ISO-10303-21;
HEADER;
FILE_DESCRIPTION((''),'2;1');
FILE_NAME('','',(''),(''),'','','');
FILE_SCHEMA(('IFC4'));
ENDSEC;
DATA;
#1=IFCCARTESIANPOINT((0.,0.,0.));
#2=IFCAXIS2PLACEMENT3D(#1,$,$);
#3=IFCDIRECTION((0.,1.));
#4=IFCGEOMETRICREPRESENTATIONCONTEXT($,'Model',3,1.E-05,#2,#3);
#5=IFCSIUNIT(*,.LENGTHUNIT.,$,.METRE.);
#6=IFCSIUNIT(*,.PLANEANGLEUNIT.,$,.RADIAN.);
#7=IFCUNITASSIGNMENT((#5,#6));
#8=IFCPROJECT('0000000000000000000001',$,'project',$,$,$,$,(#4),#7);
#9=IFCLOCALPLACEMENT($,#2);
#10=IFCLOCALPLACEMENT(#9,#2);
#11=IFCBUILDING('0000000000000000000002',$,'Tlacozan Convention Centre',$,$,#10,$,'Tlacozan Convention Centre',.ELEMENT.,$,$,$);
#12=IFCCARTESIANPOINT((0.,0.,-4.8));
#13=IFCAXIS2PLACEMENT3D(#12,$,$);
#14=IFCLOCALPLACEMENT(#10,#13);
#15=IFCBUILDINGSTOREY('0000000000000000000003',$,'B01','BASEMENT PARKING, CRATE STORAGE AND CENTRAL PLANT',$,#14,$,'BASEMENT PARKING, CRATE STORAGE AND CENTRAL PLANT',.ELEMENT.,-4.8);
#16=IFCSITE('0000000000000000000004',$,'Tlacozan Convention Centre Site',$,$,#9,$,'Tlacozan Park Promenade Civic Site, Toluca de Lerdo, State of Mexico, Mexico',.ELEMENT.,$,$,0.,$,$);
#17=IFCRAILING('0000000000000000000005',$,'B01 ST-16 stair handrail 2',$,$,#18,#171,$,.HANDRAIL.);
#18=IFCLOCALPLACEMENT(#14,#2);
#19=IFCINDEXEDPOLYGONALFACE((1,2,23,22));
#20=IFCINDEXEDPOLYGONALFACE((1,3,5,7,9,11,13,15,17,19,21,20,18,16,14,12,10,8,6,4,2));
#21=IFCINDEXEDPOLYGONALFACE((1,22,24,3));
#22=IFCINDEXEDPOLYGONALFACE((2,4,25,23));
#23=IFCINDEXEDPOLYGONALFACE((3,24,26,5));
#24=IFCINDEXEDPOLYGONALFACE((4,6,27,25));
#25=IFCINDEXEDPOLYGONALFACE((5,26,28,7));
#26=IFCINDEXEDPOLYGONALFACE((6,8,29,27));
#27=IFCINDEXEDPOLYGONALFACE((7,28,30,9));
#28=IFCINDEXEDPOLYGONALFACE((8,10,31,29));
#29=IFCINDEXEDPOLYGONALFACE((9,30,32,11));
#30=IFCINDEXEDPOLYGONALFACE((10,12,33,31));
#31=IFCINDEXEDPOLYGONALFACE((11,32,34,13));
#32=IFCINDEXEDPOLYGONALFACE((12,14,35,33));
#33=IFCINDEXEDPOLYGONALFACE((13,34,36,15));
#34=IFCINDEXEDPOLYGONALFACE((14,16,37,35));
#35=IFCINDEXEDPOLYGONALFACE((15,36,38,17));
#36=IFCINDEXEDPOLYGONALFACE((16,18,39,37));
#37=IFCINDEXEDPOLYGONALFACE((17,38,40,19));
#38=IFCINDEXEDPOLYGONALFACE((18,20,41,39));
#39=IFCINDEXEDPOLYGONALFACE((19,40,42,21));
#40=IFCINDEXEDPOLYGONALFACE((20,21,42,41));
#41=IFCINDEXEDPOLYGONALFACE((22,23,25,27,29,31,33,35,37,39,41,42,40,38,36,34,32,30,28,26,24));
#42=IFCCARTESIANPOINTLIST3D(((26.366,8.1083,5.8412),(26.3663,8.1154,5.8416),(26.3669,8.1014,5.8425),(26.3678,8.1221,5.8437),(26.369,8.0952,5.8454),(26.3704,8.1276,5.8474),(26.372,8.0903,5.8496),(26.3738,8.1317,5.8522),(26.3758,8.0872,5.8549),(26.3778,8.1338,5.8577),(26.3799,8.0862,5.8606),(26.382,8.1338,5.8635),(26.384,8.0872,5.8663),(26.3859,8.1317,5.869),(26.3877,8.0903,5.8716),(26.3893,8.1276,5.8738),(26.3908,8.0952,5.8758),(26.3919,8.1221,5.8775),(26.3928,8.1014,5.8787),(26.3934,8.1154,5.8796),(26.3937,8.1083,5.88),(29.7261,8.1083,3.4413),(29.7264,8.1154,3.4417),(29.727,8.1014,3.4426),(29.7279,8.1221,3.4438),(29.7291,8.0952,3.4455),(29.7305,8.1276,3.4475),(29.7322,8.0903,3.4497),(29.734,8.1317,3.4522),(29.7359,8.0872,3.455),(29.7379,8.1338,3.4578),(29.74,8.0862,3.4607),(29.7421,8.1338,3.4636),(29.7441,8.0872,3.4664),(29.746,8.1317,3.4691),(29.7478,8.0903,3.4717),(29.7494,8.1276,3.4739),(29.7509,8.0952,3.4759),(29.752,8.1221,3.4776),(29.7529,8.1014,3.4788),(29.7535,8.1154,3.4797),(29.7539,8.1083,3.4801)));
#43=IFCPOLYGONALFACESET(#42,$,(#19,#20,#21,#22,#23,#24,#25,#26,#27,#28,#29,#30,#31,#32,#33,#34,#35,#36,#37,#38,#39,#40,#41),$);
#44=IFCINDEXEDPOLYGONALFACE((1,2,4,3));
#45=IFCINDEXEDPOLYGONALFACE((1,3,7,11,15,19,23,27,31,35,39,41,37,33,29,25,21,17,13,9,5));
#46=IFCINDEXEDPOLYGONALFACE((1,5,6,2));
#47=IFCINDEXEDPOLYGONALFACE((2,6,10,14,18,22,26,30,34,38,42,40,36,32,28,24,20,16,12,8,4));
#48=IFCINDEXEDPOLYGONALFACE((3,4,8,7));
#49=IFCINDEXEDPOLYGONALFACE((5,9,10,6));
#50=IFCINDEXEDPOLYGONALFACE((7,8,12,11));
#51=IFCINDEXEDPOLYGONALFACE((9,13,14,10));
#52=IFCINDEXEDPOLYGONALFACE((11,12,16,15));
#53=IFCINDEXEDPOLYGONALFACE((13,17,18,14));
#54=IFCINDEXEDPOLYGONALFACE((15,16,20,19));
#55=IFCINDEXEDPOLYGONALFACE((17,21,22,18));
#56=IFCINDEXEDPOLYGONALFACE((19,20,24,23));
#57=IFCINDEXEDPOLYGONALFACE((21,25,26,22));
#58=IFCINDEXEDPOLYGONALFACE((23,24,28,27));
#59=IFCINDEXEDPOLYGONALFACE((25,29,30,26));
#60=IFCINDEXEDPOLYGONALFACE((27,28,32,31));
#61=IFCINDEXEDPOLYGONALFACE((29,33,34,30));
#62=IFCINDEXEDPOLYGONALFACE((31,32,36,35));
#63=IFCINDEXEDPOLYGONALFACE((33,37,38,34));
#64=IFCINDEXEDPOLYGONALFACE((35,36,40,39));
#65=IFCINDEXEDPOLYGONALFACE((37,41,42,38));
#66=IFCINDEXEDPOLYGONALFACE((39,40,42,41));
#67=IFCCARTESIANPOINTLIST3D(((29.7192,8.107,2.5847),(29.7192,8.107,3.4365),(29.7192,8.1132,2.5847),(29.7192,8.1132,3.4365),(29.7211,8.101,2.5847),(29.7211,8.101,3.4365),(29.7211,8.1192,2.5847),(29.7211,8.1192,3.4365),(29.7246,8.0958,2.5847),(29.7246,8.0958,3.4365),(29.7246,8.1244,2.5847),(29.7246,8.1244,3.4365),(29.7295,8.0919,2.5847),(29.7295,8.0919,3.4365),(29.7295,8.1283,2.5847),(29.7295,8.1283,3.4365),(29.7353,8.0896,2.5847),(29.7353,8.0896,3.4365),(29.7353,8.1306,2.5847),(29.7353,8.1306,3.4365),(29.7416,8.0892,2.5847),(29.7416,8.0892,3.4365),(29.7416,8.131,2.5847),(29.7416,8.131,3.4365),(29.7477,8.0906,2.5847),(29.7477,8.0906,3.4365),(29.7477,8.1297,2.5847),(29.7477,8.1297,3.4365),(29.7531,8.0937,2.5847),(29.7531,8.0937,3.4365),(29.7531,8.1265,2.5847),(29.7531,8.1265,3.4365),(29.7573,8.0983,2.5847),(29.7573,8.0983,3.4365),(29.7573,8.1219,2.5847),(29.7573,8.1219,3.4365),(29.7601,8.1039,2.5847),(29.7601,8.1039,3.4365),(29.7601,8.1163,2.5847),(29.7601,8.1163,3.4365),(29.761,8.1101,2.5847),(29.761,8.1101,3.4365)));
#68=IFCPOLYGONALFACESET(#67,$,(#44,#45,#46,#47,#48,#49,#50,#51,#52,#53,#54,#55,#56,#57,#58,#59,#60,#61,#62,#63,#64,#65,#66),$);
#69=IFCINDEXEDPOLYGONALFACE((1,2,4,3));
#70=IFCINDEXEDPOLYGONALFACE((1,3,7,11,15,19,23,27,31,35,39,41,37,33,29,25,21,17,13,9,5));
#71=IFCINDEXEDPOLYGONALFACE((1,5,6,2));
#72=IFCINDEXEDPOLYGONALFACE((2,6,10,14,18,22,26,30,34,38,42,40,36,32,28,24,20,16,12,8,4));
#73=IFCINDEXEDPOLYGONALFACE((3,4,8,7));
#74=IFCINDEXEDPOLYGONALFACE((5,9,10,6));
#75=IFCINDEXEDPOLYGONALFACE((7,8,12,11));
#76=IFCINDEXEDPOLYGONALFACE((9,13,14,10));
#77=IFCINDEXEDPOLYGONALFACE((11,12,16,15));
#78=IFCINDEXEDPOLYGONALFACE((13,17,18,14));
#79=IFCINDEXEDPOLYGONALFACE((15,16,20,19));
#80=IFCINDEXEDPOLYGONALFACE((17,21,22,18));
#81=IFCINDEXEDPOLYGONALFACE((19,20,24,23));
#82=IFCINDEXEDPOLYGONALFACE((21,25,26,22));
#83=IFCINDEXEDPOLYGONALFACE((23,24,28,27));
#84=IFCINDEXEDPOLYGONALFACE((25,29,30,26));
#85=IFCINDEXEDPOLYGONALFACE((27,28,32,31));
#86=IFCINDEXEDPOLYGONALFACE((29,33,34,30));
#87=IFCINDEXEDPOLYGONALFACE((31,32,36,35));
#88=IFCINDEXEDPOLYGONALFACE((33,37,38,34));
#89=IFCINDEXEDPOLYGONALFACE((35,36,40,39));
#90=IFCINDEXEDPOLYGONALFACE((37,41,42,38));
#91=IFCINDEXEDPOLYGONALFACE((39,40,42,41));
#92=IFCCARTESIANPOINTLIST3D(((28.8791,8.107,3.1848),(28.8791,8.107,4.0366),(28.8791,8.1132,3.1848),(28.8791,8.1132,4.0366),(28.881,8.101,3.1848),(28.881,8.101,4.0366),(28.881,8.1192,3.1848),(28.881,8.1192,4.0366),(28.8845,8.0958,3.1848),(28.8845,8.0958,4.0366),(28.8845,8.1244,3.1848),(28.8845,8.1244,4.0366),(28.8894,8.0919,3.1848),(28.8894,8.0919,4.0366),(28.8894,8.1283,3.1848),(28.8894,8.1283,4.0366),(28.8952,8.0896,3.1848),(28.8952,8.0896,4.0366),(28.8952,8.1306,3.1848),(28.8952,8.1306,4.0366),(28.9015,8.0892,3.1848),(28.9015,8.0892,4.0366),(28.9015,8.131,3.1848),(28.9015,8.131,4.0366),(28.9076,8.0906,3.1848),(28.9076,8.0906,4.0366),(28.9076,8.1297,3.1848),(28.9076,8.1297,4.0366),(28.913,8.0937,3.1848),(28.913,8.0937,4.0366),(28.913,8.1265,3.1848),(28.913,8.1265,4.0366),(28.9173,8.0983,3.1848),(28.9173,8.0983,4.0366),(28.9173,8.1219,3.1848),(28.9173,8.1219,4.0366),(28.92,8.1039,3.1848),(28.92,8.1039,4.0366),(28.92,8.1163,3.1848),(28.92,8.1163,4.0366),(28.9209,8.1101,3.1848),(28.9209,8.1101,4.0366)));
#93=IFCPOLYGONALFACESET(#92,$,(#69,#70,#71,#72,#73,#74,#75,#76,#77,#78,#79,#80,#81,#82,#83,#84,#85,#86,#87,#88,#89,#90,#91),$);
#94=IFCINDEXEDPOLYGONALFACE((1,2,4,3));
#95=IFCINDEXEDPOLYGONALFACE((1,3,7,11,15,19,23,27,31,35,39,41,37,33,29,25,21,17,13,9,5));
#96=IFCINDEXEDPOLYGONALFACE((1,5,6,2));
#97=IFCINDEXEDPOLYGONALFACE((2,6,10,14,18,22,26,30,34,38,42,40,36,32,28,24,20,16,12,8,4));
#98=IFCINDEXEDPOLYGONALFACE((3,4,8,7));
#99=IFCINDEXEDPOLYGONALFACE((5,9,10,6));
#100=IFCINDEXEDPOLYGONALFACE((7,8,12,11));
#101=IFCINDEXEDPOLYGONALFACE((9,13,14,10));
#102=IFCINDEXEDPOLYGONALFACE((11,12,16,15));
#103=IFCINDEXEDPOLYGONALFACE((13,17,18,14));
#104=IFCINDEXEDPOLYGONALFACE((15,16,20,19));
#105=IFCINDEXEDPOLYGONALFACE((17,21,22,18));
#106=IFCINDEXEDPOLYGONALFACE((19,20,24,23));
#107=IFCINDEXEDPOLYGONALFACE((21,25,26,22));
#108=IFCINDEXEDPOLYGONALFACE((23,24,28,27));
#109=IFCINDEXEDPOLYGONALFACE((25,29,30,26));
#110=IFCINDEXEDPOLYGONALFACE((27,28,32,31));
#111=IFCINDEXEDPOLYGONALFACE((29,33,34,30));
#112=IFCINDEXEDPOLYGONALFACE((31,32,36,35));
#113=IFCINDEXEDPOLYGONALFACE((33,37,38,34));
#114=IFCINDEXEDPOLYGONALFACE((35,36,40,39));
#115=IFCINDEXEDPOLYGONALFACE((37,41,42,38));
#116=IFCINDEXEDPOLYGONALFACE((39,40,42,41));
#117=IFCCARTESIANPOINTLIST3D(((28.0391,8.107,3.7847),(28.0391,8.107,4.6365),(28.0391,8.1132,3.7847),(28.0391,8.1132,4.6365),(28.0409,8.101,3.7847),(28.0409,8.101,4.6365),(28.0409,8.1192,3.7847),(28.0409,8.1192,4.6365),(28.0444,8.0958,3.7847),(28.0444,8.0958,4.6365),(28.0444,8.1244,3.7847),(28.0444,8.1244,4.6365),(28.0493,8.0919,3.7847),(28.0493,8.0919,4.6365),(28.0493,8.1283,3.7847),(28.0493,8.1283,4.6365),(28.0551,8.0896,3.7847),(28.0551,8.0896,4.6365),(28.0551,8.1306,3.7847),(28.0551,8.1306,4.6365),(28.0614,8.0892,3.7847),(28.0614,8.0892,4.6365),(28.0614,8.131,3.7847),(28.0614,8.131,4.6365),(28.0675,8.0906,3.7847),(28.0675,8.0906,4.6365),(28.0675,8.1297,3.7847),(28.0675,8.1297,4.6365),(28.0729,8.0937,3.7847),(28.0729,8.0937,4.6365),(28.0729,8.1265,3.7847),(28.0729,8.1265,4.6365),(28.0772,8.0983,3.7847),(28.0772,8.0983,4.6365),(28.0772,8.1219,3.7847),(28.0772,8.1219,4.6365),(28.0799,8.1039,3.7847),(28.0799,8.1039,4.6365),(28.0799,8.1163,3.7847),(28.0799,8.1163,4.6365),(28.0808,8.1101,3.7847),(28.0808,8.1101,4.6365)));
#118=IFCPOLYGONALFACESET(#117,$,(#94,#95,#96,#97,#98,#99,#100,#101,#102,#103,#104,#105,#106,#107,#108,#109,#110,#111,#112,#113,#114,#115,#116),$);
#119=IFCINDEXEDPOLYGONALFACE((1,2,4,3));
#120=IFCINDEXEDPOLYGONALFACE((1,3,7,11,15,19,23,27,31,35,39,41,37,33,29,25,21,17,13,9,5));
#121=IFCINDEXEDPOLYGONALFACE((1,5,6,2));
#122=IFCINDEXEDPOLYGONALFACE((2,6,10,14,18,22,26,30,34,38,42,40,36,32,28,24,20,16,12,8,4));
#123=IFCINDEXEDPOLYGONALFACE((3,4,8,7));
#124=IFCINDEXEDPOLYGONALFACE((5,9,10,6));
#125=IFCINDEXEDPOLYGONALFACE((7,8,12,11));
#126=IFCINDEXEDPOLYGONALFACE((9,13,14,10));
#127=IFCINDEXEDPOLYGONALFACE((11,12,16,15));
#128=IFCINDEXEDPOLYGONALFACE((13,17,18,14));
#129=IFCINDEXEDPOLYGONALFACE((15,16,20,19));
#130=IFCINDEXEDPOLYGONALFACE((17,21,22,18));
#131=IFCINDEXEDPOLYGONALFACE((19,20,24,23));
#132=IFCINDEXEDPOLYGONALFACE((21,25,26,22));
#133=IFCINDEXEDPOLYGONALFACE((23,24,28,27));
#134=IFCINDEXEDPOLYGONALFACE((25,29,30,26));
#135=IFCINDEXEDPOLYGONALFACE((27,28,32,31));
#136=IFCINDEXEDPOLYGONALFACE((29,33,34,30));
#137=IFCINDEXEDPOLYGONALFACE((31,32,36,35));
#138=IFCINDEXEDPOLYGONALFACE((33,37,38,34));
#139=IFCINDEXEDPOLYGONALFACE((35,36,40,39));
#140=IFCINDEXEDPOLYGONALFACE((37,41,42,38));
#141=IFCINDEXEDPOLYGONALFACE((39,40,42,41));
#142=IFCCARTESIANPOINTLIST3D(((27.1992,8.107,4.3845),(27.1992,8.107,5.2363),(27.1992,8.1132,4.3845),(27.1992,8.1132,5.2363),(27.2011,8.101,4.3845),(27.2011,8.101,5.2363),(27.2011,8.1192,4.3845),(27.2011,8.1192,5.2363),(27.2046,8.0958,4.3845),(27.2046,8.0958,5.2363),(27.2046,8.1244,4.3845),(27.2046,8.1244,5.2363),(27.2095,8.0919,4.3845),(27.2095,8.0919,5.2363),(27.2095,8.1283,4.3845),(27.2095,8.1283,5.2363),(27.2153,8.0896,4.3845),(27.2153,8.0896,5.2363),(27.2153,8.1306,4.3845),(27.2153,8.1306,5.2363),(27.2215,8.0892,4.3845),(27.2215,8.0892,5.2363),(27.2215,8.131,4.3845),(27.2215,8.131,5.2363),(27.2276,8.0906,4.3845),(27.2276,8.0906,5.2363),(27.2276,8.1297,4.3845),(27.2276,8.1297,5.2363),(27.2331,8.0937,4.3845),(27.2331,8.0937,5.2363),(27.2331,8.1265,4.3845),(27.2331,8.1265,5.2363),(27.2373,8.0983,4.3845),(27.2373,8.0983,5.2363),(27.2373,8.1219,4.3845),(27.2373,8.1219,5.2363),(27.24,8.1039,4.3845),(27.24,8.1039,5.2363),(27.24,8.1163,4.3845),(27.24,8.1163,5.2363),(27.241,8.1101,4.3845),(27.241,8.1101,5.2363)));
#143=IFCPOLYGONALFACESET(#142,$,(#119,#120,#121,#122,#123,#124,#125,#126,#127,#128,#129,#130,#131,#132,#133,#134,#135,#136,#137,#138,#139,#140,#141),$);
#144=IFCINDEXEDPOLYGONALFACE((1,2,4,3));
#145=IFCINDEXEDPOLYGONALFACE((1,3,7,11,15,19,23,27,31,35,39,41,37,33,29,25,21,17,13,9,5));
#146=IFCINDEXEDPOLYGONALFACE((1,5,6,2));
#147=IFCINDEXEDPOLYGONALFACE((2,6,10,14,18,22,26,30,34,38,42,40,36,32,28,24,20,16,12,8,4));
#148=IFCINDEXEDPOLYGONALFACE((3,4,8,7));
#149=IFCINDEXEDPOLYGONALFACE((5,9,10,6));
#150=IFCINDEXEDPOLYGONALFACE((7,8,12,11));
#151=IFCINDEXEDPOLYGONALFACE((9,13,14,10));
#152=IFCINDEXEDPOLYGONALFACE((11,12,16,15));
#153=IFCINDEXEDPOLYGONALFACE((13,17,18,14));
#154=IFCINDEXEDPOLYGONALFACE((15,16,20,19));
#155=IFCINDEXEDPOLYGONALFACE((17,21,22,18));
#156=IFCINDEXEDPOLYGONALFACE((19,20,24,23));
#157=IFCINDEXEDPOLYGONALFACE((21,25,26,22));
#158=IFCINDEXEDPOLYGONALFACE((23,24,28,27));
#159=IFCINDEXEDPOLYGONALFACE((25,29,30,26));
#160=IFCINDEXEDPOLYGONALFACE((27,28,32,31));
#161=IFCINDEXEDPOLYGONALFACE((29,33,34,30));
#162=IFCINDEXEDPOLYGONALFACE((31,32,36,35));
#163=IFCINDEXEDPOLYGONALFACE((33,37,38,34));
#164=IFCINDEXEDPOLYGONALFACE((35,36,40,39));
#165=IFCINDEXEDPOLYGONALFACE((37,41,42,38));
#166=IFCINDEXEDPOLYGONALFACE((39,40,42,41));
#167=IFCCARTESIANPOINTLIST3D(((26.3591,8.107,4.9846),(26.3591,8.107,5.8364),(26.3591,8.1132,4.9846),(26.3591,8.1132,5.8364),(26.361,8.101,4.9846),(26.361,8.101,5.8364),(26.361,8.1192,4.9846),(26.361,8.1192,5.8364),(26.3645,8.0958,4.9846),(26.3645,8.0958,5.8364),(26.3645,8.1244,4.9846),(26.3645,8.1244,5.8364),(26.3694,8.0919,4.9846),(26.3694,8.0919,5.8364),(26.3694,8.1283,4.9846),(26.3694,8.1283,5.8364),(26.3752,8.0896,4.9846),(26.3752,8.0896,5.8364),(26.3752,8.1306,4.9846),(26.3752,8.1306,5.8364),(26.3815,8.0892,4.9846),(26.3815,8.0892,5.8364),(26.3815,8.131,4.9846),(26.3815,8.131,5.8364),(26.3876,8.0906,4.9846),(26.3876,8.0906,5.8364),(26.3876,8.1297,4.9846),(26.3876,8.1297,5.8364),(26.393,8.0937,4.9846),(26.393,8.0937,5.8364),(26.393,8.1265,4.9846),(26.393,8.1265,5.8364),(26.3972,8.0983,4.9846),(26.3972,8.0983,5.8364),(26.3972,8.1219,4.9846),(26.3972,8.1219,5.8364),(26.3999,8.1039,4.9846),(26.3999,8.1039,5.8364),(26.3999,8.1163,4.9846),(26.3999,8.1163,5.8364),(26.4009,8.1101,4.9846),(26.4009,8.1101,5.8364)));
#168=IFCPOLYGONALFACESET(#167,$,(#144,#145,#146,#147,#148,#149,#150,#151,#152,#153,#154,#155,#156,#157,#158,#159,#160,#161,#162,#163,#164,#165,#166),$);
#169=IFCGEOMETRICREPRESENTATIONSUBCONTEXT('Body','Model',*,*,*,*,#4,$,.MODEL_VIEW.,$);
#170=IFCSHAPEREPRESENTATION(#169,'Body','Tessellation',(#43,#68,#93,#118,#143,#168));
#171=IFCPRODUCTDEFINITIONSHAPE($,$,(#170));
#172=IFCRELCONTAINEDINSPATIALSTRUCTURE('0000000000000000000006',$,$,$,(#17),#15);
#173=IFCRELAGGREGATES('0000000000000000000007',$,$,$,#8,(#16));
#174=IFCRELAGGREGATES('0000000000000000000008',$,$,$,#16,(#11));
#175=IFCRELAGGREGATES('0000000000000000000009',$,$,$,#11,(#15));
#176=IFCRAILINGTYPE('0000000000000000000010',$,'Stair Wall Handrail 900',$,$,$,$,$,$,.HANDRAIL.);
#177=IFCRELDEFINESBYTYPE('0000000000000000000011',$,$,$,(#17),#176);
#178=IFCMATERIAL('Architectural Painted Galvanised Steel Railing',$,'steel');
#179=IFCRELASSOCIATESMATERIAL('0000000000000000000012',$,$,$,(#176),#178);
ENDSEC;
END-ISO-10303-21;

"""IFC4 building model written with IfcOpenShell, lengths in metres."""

from ifc_helpers import new_model, si_unit, direction, frame, origin, origin_2d, place, context, subcontext, project, spatial, circle, extrude, material, type_object, element, save


model = new_model("IFC4")

# Units and contexts
model_context = context("Model", 3, precision=1e-05, world=origin(), true_north=direction((0.0, 1.0)))
body_context = subcontext(model_context, "Body", "Model", "MODEL_VIEW")
ifc_project = project(units=[si_unit("LENGTHUNIT", "METRE"), si_unit("PLANEANGLEUNIT", "RADIAN")], contexts=[model_context])

# Site, building, storey
site_placement = place(None, origin())
site = spatial("IfcSite", under=ifc_project, at=site_placement, Name="Tlacozan Convention Centre Site", LongName="Tlacozan Park Promenade Civic Site, Toluca de Lerdo, State of Mexico, Mexico", CompositionType="ELEMENT", RefElevation=0.0)
building_placement = place(site_placement, origin())
building = spatial("IfcBuilding", under=site, at=building_placement, Name="Tlacozan Convention Centre", LongName="Tlacozan Convention Centre", CompositionType="ELEMENT")
storey_placement = place(building_placement, frame((0.0, 0.0, -4.8)))
storey = spatial("IfcBuildingStorey", under=building, at=storey_placement, Name="B01", Description="BASEMENT PARKING, CRATE STORAGE AND CENTRAL PLANT", LongName="BASEMENT PARKING, CRATE STORAGE AND CENTRAL PLANT", CompositionType="ELEMENT", Elevation=-4.8)

# Railing
ifc_material_1 = material(Name="Architectural Painted Galvanised Steel Railing", Category="steel")
railing_type_1 = type_object("IfcRailingType", Name="Stair Wall Handrail 900", PredefinedType="HANDRAIL", material=ifc_material_1)
railing_1_placement = place(storey_placement, frame((29.74, 8.1101, 2.5847)))
element("IfcRailing", 1, at=railing_1_placement, inside=storey, type_object=railing_type_1, Name="B01 ST-16 stair handrail 2", PredefinedType="HANDRAIL", context=body_context, shape_type="SweptSolid", body=[
    extrude(circle(Radius=0.0239, at=origin_2d()), frame((0.0, 0.0, 0.876), z_axis=(-0.813753, 0.0, 0.58121), x_axis=(0.0, -1.0, 0.0)), (0.0, 0.0, 1.0), 4.1292),
    extrude(circle(Radius=0.021, at=origin_2d()), origin(), (0.0, 0.0, 1.0), 0.8518),
    extrude(circle(Radius=0.021, at=origin_2d()), frame((-0.8401, 0.0, 0.6001)), (0.0, 0.0, 1.0), 0.8518),
    extrude(circle(Radius=0.021, at=origin_2d()), frame((-1.6802, 0.0, 1.2)), (0.0, 0.0, 1.0), 0.8518),
    extrude(circle(Radius=0.021, at=origin_2d()), frame((-2.52, 0.0, 1.7998)), (0.0, 0.0, 1.0), 0.8518),
    extrude(circle(Radius=0.021, at=origin_2d()), frame((-3.3601, 0.0, 2.3999)), (0.0, 0.0, 1.0), 0.8518),
])

save(model, "model.ifc")
